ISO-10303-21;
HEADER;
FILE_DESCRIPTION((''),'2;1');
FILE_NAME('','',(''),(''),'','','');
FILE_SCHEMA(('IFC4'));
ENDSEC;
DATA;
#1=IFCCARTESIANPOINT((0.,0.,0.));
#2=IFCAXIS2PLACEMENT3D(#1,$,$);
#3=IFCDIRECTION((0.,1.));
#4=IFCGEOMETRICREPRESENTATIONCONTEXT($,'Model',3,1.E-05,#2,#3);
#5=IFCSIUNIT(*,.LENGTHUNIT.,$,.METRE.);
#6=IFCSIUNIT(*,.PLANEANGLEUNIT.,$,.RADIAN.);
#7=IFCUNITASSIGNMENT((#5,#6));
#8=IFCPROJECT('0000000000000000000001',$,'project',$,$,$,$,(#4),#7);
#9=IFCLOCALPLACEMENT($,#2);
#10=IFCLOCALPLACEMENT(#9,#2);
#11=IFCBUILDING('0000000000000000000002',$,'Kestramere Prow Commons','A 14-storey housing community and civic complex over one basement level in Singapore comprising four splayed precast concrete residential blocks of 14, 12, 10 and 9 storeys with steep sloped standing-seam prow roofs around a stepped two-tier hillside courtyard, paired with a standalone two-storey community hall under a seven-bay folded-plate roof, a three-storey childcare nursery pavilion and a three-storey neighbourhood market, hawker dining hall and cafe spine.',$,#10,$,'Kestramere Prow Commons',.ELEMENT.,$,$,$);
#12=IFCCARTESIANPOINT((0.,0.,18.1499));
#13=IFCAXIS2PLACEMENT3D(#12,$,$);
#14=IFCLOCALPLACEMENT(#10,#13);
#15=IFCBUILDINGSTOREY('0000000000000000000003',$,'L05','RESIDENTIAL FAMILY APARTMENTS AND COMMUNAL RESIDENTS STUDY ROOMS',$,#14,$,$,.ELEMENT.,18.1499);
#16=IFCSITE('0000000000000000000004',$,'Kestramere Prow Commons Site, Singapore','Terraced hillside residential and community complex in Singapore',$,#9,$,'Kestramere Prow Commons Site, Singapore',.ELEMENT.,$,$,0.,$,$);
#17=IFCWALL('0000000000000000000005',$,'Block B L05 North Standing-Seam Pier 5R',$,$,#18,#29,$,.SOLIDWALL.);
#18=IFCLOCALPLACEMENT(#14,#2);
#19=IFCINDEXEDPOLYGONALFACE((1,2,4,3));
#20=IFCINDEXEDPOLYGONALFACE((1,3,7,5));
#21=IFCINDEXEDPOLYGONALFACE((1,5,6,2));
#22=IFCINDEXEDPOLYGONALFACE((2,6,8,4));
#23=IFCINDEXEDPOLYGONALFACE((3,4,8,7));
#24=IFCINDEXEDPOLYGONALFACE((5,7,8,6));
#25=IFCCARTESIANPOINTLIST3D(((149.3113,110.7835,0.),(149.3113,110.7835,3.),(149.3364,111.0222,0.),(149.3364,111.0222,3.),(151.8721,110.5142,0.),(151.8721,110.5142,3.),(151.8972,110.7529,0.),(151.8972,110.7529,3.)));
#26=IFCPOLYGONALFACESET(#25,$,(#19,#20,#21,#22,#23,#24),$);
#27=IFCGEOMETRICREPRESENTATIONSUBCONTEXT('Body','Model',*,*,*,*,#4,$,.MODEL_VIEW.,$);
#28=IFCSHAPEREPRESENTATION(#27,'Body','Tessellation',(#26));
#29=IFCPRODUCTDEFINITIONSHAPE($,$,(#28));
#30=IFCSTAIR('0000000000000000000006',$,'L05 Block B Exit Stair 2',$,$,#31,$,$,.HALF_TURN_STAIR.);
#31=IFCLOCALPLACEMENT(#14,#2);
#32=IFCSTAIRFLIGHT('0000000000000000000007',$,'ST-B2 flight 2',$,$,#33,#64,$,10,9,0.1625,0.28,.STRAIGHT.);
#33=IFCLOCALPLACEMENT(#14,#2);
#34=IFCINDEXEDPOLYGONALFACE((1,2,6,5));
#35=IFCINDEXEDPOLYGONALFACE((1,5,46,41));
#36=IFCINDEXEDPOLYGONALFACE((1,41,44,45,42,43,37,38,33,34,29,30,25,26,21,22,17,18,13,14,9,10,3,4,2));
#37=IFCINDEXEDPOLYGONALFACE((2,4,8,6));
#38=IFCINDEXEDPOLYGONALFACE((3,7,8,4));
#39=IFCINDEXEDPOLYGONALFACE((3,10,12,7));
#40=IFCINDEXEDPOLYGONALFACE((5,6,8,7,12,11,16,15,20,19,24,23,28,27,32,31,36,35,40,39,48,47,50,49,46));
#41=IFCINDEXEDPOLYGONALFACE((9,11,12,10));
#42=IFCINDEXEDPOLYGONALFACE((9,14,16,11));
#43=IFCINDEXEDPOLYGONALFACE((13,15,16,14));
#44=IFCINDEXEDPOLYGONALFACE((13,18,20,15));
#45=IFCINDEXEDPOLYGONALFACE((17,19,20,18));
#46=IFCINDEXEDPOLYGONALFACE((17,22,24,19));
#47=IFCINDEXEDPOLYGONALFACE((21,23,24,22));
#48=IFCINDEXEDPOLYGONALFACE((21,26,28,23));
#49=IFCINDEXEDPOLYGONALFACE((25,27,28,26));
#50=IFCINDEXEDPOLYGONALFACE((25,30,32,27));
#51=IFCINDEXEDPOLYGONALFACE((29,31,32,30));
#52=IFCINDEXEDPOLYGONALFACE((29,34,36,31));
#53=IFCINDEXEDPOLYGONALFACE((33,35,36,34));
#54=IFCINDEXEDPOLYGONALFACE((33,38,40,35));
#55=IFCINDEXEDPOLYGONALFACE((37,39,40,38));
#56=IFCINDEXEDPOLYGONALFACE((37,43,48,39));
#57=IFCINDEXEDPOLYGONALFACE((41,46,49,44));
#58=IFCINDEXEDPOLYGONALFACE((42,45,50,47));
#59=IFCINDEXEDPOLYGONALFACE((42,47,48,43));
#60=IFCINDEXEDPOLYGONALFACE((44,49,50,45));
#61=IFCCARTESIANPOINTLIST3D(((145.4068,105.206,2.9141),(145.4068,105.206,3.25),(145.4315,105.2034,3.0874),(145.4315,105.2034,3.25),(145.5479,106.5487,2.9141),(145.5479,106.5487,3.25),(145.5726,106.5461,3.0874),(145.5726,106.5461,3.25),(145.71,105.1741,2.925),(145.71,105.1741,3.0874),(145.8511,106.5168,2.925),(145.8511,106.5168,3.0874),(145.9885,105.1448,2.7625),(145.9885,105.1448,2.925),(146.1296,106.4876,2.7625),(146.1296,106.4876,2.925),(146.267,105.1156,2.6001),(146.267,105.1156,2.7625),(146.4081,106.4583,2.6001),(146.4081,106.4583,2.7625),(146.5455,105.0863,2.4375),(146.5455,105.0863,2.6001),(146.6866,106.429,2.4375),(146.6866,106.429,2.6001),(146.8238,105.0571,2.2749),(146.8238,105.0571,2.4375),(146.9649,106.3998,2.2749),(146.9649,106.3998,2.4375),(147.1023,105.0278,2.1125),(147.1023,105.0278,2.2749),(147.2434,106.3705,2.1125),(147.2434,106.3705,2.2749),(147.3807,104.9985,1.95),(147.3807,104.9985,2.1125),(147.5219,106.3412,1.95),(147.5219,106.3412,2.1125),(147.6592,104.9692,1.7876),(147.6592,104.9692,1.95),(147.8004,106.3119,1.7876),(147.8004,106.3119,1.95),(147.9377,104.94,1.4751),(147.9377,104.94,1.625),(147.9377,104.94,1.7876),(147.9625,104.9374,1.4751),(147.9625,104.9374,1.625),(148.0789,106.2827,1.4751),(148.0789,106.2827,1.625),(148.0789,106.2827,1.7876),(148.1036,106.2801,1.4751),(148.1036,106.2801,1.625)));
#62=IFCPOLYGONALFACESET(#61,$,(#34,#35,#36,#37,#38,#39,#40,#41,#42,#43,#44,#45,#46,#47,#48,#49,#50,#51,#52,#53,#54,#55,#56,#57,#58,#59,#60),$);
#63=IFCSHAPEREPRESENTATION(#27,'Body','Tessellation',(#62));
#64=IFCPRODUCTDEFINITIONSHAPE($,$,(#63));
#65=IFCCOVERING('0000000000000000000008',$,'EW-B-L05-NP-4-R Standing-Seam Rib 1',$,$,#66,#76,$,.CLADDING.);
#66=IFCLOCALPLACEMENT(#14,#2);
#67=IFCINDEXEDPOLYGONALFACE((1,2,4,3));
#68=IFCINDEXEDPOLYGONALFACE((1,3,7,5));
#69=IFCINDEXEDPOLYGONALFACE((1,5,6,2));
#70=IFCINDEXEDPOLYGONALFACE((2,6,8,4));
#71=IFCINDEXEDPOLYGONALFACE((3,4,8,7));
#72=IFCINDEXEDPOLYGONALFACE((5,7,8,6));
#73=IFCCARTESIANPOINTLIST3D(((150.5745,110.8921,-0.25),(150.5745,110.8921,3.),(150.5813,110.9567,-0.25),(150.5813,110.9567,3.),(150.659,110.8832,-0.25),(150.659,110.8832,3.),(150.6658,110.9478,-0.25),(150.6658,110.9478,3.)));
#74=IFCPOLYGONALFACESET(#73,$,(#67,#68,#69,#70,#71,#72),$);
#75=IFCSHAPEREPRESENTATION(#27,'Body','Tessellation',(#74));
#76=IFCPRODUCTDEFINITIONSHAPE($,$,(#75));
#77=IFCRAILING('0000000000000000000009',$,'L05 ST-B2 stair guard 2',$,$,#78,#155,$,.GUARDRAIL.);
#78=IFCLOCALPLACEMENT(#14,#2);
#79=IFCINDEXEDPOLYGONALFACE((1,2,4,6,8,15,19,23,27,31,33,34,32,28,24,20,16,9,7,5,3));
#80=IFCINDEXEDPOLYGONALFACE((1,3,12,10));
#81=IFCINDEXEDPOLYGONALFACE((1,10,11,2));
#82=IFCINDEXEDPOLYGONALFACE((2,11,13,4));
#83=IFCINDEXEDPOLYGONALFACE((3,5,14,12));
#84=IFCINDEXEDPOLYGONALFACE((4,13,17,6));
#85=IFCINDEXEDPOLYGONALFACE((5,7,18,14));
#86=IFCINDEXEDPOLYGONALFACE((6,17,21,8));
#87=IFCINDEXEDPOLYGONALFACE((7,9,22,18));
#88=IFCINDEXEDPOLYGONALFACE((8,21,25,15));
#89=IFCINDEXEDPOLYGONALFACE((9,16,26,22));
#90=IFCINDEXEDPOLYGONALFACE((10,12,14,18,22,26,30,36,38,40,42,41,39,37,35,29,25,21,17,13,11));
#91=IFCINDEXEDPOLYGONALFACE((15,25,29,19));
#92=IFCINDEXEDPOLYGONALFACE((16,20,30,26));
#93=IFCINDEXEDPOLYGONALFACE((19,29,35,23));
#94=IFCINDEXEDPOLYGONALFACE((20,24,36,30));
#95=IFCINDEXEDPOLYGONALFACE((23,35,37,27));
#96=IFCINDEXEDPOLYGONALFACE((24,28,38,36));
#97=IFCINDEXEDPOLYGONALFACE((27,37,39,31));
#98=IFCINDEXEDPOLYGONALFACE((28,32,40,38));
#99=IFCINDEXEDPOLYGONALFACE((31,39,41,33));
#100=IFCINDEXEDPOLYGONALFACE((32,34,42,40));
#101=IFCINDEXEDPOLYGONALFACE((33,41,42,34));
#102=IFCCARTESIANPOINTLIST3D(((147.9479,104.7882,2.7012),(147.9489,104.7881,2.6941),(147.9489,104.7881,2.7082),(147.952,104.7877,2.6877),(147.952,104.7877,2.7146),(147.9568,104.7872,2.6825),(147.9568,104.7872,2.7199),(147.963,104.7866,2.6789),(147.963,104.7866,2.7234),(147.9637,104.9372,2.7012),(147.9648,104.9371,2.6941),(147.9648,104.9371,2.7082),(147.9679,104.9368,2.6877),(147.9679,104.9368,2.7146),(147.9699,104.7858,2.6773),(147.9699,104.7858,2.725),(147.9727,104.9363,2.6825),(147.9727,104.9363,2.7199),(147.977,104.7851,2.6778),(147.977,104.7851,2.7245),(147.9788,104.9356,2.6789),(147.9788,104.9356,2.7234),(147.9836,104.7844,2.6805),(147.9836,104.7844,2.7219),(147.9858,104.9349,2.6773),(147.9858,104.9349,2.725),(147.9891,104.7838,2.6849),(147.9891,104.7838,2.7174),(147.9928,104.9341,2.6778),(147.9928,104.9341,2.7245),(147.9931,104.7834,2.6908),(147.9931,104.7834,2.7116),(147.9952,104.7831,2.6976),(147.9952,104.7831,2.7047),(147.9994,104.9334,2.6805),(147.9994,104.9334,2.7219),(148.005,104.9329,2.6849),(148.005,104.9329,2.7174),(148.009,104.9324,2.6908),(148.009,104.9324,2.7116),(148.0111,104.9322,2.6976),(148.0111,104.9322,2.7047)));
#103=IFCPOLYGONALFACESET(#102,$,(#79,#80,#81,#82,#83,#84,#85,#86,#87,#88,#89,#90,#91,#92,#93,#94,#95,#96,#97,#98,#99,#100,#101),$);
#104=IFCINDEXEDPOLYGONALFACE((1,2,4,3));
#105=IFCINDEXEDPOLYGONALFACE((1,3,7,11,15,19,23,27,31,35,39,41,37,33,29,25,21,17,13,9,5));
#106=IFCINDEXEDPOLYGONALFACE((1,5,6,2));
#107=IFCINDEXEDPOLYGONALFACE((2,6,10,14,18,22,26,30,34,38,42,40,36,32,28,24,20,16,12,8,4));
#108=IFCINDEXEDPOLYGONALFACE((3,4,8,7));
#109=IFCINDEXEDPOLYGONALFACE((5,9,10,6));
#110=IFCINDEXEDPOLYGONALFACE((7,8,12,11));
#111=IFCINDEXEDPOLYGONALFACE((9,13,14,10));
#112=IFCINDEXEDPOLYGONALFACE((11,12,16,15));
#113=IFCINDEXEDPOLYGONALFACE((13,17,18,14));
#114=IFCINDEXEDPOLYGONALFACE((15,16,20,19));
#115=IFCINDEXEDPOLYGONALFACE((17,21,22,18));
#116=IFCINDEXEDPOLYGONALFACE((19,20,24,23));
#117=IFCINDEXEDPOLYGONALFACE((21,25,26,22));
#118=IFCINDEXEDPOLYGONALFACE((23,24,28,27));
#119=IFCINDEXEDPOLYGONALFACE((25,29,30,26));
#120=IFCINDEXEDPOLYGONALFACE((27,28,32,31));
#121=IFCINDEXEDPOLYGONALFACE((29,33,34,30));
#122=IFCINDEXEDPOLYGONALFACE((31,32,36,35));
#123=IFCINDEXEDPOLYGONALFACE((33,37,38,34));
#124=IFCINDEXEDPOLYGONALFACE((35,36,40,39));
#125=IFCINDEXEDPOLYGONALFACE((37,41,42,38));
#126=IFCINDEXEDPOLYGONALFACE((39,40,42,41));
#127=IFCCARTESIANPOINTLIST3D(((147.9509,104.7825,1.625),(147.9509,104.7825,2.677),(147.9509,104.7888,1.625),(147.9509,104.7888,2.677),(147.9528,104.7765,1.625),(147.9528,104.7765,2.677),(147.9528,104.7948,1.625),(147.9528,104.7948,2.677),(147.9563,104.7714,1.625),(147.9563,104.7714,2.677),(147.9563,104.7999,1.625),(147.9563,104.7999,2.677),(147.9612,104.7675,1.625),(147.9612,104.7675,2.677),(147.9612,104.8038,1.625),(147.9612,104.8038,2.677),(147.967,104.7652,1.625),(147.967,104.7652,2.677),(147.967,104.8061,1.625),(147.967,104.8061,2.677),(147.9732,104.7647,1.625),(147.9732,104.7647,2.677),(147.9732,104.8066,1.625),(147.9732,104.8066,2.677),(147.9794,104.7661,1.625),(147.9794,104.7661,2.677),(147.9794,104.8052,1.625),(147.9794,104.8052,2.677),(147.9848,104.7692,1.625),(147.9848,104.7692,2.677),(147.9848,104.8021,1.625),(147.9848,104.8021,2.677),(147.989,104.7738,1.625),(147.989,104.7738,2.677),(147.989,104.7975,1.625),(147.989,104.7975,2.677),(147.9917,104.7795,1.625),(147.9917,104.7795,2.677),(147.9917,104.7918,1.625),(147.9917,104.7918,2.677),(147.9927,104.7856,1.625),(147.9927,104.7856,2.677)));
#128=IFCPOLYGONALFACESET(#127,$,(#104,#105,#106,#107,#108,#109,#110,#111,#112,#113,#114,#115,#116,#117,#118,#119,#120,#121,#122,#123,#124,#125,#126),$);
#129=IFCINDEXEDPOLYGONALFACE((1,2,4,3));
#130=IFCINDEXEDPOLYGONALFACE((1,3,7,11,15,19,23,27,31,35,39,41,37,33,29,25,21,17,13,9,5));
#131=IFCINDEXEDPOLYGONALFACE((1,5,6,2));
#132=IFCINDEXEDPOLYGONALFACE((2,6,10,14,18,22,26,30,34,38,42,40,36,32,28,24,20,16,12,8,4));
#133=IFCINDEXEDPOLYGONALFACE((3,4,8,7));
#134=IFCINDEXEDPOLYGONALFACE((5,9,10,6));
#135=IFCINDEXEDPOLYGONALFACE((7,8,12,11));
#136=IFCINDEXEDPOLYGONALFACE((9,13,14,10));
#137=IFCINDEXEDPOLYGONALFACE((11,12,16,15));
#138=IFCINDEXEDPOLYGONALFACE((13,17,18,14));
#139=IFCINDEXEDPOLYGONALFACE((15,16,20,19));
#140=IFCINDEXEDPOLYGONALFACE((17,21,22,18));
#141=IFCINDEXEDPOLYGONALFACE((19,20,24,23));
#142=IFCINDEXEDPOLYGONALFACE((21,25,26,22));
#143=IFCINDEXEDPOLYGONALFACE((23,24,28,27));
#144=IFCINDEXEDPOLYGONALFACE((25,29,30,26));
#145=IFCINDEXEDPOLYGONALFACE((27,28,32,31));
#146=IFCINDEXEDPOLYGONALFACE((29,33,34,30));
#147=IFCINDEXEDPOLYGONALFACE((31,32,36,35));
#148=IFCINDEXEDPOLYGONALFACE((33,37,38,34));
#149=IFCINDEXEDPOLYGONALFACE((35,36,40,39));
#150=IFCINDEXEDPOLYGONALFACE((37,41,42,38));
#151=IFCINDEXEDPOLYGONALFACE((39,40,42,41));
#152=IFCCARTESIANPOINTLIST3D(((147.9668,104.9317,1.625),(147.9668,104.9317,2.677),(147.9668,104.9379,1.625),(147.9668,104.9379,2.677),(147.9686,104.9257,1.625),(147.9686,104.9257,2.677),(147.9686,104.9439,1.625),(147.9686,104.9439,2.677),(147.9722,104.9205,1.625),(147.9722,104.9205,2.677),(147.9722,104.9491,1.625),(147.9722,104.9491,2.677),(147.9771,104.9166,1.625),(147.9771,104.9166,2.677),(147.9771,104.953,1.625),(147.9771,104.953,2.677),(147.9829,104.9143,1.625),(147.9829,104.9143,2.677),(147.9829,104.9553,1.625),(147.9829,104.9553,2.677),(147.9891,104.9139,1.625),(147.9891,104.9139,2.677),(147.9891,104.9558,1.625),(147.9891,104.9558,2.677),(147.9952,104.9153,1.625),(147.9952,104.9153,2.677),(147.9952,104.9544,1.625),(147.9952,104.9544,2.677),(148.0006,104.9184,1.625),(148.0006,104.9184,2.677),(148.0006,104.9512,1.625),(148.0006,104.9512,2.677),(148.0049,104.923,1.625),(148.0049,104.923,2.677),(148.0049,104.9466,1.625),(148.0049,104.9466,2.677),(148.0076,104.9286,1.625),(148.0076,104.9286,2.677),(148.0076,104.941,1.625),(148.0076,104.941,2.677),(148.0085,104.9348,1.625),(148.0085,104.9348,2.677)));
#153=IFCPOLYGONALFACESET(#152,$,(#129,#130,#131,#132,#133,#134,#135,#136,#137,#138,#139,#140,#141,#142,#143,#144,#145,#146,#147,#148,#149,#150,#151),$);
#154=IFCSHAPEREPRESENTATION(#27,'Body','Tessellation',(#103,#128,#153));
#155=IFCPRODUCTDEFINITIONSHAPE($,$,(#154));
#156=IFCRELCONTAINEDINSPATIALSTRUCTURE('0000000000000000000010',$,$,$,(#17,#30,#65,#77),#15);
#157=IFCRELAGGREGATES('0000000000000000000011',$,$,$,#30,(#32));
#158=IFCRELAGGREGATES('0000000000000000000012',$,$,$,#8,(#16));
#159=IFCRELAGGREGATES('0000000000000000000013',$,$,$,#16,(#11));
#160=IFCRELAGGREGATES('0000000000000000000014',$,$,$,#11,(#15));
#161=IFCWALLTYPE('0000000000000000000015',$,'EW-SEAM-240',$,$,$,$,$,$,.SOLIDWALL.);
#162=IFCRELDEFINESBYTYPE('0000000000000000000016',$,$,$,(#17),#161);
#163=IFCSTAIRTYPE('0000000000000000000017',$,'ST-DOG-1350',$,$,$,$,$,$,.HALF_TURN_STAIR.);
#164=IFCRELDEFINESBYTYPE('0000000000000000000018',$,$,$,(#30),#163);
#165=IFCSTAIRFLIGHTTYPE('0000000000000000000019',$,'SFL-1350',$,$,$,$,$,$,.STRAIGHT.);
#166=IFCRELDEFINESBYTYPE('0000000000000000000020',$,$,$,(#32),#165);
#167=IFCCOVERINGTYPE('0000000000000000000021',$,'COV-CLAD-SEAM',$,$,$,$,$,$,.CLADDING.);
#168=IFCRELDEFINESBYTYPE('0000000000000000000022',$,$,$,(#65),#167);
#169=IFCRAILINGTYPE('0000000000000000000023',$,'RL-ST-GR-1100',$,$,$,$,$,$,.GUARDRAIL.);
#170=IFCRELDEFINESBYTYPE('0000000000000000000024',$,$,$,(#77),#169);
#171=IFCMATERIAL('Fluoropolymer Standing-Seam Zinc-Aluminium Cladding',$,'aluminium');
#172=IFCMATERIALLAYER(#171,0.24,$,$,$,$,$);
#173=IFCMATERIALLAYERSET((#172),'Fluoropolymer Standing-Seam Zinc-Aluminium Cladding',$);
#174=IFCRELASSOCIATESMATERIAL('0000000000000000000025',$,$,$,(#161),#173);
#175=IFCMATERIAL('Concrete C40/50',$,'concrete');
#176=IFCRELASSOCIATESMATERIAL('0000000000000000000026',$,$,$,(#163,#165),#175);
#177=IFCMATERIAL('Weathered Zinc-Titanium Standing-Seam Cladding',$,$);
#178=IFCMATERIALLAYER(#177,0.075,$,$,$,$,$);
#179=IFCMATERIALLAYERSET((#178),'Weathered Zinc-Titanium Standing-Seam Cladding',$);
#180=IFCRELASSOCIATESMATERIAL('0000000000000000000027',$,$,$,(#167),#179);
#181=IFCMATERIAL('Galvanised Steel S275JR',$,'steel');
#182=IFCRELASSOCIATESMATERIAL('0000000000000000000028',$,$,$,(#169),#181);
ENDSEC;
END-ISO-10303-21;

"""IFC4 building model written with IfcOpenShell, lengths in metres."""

from ifc_helpers import new_model, si_unit, direction, frame, frame_2d, origin, origin_2d, place, context, subcontext, project, spatial, polyline, rectangle, circle, outline, extrude, material, layer, layer_set, type_object, element, aggregate, save


model = new_model("IFC4")

# Units and contexts
model_context = context("Model", 3, precision=1e-05, world=origin(), true_north=direction((0.0, 1.0)))
body_context = subcontext(model_context, "Body", "Model", "MODEL_VIEW")
ifc_project = project(units=[si_unit("LENGTHUNIT", "METRE"), si_unit("PLANEANGLEUNIT", "RADIAN")], contexts=[model_context])

# Site, building, storey
site_placement = place(None, origin())
site = spatial("IfcSite", under=ifc_project, at=site_placement, Name="Kestramere Prow Commons Site, Singapore", Description="Terraced hillside residential and community complex in Singapore", LongName="Kestramere Prow Commons Site, Singapore", CompositionType="ELEMENT", RefElevation=0.0)
building_placement = place(site_placement, origin())
building = spatial("IfcBuilding", under=site, at=building_placement, Name="Kestramere Prow Commons", Description="A 14-storey housing community and civic complex over one basement level in Singapore comprising four splayed precast concrete residential blocks of 14, 12, 10 and 9 storeys with steep sloped standing-seam prow roofs around a stepped two-tier hillside courtyard, paired with a standalone two-storey community hall under a seven-bay folded-plate roof, a three-storey childcare nursery pavilion and a three-storey neighbourhood market, hawker dining hall and cafe spine.", LongName="Kestramere Prow Commons", CompositionType="ELEMENT")
storey_placement = place(building_placement, frame((0.0, 0.0, 18.1499)))
storey = spatial("IfcBuildingStorey", under=building, at=storey_placement, Name="L05", Description="RESIDENTIAL FAMILY APARTMENTS AND COMMUNAL RESIDENTS STUDY ROOMS", CompositionType="ELEMENT", Elevation=18.1499)

# Shared definitions
ifc_material_1 = material(Name="Concrete C40/50", Category="concrete")

# Wall
ifc_material_2 = material(Name="Fluoropolymer Standing-Seam Zinc-Aluminium Cladding", Category="aluminium")
ifc_layer_1 = layer(ifc_material_2, 0.24)
ifc_layer_set_1 = layer_set([ifc_layer_1], Name="Fluoropolymer Standing-Seam Zinc-Aluminium Cladding")
wall_type = type_object("IfcWallType", Name="EW-SEAM-240", PredefinedType="SOLIDWALL", material=ifc_layer_set_1)
wall_placement = place(storey_placement, frame((149.3237, 110.9028, 0.0), z_axis=(0.0, 0.0, 1.0), x_axis=(0.994516, -0.104581, 0.0)))
element("IfcWall", 1, at=wall_placement, inside=storey, type_object=wall_type, Name="Block B L05 North Standing-Seam Pier 5R", PredefinedType="SOLIDWALL", context=body_context, shape_type="SweptSolid", body=[
    extrude(rectangle(XDim=2.575, YDim=0.24, at=frame_2d((1.2876, 0.0))), origin(), (0.0, 0.0, 1.0), 3.0),
])

# Stair, stair flight
stair_type = type_object("IfcStairType", Name="ST-DOG-1350", PredefinedType="HALF_TURN_STAIR", material=ifc_material_1)
stair_placement = place(storey_placement, origin())
stair = element("IfcStair", 2, at=stair_placement, inside=storey, type_object=stair_type, Name="L05 Block B Exit Stair 2", PredefinedType="HALF_TURN_STAIR")
stair_flight_type = type_object("IfcStairFlightType", Name="SFL-1350", PredefinedType="STRAIGHT", material=ifc_material_1)
stair_flight_placement = place(storey_placement, frame((148.0083, 105.6113, 1.625), z_axis=(0.0, 0.0, 1.0), x_axis=(-0.994522, 0.104528, 0.0)))
stair_flight = element("IfcStairFlight", 3, at=stair_flight_placement, type_object=stair_flight_type, Name="ST-B2 flight 2", NumberOfRisers=10, NumberOfTreads=9, PredefinedType="STRAIGHT", RiserHeight=0.1625, TreadLength=0.28, context=body_context, shape_type="SweptSolid", body=[
    extrude(outline(polyline([(-0.0249, 0.0), (0.0, 0.0), (0.0, 0.1626), (0.28, 0.1626), (0.28, 0.325), (0.5601, 0.325), (0.5601, 0.4875), (0.8401, 0.4875), (0.8401, 0.6499), (1.1201, 0.6499), (1.1201, 0.8125), (1.3999, 0.8125), (1.3999, 0.9751), (1.6799, 0.9751), (1.6799, 1.1375), (1.96, 1.1375), (1.96, 1.3), (2.24, 1.3), (2.24, 1.4624), (2.52, 1.4624), (2.52, 1.625), (2.5449, 1.625), (2.5449, 1.2891), (0.0, -0.1499), (-0.0249, -0.1499), (-0.0249, 0.0)])), frame((0.0, 0.675, 0.0), z_axis=(0.0, -1.0, 0.0), x_axis=(1.0, 0.0, 0.0)), (0.0, 0.0, 1.0), 1.3501),
])
aggregate(stair, [stair_flight])

# Covering
ifc_material_3 = material(Name="Weathered Zinc-Titanium Standing-Seam Cladding")
ifc_layer_2 = layer(ifc_material_3, 0.075)
ifc_layer_set_2 = layer_set([ifc_layer_2], Name="Weathered Zinc-Titanium Standing-Seam Cladding")
covering_type = type_object("IfcCoveringType", Name="COV-CLAD-SEAM", PredefinedType="CLADDING", material=ifc_layer_set_2)
covering_placement = place(storey_placement, frame((150.6201, 110.9199, -0.25), z_axis=(0.0, 0.0, 1.0), x_axis=(0.994522, -0.104528, 0.0)))
element("IfcCovering", 4, at=covering_placement, inside=storey, type_object=covering_type, Name="EW-B-L05-NP-4-R Standing-Seam Rib 1", PredefinedType="CLADDING", context=body_context, shape_type="SweptSolid", body=[
    extrude(rectangle(XDim=0.085, YDim=0.0649, at=origin_2d()), origin(), (0.0, 0.0, 1.0), 3.25),
])

# Railing
ifc_material_4 = material(Name="Galvanised Steel S275JR", Category="steel")
railing_type_1 = type_object("IfcRailingType", Name="RL-ST-GR-1100", PredefinedType="GUARDRAIL", material=ifc_material_4)
railing_1_placement = place(storey_placement, frame((147.9717, 104.7856, 1.625)))
element("IfcRailing", 5, at=railing_1_placement, inside=storey, type_object=railing_type_1, Name="L05 ST-B2 stair guard 2", PredefinedType="GUARDRAIL", context=body_context, shape_type="SweptSolid", body=[
    extrude(circle(Radius=0.0239, at=origin_2d()), frame((0.0, 0.0, 1.0762), z_axis=(0.105786, 0.994389, 0.0), x_axis=(-0.994389, 0.105786, 0.0)), (0.0, 0.0, 1.0), 0.1499),
    extrude(circle(Radius=0.021, at=origin_2d()), origin(), (0.0, 0.0, 1.0), 1.052),
    extrude(circle(Radius=0.021, at=origin_2d()), frame((0.0159, 0.1492, 0.0)), (0.0, 0.0, 1.0), 1.052),
])

save(model, "model.ifc")
